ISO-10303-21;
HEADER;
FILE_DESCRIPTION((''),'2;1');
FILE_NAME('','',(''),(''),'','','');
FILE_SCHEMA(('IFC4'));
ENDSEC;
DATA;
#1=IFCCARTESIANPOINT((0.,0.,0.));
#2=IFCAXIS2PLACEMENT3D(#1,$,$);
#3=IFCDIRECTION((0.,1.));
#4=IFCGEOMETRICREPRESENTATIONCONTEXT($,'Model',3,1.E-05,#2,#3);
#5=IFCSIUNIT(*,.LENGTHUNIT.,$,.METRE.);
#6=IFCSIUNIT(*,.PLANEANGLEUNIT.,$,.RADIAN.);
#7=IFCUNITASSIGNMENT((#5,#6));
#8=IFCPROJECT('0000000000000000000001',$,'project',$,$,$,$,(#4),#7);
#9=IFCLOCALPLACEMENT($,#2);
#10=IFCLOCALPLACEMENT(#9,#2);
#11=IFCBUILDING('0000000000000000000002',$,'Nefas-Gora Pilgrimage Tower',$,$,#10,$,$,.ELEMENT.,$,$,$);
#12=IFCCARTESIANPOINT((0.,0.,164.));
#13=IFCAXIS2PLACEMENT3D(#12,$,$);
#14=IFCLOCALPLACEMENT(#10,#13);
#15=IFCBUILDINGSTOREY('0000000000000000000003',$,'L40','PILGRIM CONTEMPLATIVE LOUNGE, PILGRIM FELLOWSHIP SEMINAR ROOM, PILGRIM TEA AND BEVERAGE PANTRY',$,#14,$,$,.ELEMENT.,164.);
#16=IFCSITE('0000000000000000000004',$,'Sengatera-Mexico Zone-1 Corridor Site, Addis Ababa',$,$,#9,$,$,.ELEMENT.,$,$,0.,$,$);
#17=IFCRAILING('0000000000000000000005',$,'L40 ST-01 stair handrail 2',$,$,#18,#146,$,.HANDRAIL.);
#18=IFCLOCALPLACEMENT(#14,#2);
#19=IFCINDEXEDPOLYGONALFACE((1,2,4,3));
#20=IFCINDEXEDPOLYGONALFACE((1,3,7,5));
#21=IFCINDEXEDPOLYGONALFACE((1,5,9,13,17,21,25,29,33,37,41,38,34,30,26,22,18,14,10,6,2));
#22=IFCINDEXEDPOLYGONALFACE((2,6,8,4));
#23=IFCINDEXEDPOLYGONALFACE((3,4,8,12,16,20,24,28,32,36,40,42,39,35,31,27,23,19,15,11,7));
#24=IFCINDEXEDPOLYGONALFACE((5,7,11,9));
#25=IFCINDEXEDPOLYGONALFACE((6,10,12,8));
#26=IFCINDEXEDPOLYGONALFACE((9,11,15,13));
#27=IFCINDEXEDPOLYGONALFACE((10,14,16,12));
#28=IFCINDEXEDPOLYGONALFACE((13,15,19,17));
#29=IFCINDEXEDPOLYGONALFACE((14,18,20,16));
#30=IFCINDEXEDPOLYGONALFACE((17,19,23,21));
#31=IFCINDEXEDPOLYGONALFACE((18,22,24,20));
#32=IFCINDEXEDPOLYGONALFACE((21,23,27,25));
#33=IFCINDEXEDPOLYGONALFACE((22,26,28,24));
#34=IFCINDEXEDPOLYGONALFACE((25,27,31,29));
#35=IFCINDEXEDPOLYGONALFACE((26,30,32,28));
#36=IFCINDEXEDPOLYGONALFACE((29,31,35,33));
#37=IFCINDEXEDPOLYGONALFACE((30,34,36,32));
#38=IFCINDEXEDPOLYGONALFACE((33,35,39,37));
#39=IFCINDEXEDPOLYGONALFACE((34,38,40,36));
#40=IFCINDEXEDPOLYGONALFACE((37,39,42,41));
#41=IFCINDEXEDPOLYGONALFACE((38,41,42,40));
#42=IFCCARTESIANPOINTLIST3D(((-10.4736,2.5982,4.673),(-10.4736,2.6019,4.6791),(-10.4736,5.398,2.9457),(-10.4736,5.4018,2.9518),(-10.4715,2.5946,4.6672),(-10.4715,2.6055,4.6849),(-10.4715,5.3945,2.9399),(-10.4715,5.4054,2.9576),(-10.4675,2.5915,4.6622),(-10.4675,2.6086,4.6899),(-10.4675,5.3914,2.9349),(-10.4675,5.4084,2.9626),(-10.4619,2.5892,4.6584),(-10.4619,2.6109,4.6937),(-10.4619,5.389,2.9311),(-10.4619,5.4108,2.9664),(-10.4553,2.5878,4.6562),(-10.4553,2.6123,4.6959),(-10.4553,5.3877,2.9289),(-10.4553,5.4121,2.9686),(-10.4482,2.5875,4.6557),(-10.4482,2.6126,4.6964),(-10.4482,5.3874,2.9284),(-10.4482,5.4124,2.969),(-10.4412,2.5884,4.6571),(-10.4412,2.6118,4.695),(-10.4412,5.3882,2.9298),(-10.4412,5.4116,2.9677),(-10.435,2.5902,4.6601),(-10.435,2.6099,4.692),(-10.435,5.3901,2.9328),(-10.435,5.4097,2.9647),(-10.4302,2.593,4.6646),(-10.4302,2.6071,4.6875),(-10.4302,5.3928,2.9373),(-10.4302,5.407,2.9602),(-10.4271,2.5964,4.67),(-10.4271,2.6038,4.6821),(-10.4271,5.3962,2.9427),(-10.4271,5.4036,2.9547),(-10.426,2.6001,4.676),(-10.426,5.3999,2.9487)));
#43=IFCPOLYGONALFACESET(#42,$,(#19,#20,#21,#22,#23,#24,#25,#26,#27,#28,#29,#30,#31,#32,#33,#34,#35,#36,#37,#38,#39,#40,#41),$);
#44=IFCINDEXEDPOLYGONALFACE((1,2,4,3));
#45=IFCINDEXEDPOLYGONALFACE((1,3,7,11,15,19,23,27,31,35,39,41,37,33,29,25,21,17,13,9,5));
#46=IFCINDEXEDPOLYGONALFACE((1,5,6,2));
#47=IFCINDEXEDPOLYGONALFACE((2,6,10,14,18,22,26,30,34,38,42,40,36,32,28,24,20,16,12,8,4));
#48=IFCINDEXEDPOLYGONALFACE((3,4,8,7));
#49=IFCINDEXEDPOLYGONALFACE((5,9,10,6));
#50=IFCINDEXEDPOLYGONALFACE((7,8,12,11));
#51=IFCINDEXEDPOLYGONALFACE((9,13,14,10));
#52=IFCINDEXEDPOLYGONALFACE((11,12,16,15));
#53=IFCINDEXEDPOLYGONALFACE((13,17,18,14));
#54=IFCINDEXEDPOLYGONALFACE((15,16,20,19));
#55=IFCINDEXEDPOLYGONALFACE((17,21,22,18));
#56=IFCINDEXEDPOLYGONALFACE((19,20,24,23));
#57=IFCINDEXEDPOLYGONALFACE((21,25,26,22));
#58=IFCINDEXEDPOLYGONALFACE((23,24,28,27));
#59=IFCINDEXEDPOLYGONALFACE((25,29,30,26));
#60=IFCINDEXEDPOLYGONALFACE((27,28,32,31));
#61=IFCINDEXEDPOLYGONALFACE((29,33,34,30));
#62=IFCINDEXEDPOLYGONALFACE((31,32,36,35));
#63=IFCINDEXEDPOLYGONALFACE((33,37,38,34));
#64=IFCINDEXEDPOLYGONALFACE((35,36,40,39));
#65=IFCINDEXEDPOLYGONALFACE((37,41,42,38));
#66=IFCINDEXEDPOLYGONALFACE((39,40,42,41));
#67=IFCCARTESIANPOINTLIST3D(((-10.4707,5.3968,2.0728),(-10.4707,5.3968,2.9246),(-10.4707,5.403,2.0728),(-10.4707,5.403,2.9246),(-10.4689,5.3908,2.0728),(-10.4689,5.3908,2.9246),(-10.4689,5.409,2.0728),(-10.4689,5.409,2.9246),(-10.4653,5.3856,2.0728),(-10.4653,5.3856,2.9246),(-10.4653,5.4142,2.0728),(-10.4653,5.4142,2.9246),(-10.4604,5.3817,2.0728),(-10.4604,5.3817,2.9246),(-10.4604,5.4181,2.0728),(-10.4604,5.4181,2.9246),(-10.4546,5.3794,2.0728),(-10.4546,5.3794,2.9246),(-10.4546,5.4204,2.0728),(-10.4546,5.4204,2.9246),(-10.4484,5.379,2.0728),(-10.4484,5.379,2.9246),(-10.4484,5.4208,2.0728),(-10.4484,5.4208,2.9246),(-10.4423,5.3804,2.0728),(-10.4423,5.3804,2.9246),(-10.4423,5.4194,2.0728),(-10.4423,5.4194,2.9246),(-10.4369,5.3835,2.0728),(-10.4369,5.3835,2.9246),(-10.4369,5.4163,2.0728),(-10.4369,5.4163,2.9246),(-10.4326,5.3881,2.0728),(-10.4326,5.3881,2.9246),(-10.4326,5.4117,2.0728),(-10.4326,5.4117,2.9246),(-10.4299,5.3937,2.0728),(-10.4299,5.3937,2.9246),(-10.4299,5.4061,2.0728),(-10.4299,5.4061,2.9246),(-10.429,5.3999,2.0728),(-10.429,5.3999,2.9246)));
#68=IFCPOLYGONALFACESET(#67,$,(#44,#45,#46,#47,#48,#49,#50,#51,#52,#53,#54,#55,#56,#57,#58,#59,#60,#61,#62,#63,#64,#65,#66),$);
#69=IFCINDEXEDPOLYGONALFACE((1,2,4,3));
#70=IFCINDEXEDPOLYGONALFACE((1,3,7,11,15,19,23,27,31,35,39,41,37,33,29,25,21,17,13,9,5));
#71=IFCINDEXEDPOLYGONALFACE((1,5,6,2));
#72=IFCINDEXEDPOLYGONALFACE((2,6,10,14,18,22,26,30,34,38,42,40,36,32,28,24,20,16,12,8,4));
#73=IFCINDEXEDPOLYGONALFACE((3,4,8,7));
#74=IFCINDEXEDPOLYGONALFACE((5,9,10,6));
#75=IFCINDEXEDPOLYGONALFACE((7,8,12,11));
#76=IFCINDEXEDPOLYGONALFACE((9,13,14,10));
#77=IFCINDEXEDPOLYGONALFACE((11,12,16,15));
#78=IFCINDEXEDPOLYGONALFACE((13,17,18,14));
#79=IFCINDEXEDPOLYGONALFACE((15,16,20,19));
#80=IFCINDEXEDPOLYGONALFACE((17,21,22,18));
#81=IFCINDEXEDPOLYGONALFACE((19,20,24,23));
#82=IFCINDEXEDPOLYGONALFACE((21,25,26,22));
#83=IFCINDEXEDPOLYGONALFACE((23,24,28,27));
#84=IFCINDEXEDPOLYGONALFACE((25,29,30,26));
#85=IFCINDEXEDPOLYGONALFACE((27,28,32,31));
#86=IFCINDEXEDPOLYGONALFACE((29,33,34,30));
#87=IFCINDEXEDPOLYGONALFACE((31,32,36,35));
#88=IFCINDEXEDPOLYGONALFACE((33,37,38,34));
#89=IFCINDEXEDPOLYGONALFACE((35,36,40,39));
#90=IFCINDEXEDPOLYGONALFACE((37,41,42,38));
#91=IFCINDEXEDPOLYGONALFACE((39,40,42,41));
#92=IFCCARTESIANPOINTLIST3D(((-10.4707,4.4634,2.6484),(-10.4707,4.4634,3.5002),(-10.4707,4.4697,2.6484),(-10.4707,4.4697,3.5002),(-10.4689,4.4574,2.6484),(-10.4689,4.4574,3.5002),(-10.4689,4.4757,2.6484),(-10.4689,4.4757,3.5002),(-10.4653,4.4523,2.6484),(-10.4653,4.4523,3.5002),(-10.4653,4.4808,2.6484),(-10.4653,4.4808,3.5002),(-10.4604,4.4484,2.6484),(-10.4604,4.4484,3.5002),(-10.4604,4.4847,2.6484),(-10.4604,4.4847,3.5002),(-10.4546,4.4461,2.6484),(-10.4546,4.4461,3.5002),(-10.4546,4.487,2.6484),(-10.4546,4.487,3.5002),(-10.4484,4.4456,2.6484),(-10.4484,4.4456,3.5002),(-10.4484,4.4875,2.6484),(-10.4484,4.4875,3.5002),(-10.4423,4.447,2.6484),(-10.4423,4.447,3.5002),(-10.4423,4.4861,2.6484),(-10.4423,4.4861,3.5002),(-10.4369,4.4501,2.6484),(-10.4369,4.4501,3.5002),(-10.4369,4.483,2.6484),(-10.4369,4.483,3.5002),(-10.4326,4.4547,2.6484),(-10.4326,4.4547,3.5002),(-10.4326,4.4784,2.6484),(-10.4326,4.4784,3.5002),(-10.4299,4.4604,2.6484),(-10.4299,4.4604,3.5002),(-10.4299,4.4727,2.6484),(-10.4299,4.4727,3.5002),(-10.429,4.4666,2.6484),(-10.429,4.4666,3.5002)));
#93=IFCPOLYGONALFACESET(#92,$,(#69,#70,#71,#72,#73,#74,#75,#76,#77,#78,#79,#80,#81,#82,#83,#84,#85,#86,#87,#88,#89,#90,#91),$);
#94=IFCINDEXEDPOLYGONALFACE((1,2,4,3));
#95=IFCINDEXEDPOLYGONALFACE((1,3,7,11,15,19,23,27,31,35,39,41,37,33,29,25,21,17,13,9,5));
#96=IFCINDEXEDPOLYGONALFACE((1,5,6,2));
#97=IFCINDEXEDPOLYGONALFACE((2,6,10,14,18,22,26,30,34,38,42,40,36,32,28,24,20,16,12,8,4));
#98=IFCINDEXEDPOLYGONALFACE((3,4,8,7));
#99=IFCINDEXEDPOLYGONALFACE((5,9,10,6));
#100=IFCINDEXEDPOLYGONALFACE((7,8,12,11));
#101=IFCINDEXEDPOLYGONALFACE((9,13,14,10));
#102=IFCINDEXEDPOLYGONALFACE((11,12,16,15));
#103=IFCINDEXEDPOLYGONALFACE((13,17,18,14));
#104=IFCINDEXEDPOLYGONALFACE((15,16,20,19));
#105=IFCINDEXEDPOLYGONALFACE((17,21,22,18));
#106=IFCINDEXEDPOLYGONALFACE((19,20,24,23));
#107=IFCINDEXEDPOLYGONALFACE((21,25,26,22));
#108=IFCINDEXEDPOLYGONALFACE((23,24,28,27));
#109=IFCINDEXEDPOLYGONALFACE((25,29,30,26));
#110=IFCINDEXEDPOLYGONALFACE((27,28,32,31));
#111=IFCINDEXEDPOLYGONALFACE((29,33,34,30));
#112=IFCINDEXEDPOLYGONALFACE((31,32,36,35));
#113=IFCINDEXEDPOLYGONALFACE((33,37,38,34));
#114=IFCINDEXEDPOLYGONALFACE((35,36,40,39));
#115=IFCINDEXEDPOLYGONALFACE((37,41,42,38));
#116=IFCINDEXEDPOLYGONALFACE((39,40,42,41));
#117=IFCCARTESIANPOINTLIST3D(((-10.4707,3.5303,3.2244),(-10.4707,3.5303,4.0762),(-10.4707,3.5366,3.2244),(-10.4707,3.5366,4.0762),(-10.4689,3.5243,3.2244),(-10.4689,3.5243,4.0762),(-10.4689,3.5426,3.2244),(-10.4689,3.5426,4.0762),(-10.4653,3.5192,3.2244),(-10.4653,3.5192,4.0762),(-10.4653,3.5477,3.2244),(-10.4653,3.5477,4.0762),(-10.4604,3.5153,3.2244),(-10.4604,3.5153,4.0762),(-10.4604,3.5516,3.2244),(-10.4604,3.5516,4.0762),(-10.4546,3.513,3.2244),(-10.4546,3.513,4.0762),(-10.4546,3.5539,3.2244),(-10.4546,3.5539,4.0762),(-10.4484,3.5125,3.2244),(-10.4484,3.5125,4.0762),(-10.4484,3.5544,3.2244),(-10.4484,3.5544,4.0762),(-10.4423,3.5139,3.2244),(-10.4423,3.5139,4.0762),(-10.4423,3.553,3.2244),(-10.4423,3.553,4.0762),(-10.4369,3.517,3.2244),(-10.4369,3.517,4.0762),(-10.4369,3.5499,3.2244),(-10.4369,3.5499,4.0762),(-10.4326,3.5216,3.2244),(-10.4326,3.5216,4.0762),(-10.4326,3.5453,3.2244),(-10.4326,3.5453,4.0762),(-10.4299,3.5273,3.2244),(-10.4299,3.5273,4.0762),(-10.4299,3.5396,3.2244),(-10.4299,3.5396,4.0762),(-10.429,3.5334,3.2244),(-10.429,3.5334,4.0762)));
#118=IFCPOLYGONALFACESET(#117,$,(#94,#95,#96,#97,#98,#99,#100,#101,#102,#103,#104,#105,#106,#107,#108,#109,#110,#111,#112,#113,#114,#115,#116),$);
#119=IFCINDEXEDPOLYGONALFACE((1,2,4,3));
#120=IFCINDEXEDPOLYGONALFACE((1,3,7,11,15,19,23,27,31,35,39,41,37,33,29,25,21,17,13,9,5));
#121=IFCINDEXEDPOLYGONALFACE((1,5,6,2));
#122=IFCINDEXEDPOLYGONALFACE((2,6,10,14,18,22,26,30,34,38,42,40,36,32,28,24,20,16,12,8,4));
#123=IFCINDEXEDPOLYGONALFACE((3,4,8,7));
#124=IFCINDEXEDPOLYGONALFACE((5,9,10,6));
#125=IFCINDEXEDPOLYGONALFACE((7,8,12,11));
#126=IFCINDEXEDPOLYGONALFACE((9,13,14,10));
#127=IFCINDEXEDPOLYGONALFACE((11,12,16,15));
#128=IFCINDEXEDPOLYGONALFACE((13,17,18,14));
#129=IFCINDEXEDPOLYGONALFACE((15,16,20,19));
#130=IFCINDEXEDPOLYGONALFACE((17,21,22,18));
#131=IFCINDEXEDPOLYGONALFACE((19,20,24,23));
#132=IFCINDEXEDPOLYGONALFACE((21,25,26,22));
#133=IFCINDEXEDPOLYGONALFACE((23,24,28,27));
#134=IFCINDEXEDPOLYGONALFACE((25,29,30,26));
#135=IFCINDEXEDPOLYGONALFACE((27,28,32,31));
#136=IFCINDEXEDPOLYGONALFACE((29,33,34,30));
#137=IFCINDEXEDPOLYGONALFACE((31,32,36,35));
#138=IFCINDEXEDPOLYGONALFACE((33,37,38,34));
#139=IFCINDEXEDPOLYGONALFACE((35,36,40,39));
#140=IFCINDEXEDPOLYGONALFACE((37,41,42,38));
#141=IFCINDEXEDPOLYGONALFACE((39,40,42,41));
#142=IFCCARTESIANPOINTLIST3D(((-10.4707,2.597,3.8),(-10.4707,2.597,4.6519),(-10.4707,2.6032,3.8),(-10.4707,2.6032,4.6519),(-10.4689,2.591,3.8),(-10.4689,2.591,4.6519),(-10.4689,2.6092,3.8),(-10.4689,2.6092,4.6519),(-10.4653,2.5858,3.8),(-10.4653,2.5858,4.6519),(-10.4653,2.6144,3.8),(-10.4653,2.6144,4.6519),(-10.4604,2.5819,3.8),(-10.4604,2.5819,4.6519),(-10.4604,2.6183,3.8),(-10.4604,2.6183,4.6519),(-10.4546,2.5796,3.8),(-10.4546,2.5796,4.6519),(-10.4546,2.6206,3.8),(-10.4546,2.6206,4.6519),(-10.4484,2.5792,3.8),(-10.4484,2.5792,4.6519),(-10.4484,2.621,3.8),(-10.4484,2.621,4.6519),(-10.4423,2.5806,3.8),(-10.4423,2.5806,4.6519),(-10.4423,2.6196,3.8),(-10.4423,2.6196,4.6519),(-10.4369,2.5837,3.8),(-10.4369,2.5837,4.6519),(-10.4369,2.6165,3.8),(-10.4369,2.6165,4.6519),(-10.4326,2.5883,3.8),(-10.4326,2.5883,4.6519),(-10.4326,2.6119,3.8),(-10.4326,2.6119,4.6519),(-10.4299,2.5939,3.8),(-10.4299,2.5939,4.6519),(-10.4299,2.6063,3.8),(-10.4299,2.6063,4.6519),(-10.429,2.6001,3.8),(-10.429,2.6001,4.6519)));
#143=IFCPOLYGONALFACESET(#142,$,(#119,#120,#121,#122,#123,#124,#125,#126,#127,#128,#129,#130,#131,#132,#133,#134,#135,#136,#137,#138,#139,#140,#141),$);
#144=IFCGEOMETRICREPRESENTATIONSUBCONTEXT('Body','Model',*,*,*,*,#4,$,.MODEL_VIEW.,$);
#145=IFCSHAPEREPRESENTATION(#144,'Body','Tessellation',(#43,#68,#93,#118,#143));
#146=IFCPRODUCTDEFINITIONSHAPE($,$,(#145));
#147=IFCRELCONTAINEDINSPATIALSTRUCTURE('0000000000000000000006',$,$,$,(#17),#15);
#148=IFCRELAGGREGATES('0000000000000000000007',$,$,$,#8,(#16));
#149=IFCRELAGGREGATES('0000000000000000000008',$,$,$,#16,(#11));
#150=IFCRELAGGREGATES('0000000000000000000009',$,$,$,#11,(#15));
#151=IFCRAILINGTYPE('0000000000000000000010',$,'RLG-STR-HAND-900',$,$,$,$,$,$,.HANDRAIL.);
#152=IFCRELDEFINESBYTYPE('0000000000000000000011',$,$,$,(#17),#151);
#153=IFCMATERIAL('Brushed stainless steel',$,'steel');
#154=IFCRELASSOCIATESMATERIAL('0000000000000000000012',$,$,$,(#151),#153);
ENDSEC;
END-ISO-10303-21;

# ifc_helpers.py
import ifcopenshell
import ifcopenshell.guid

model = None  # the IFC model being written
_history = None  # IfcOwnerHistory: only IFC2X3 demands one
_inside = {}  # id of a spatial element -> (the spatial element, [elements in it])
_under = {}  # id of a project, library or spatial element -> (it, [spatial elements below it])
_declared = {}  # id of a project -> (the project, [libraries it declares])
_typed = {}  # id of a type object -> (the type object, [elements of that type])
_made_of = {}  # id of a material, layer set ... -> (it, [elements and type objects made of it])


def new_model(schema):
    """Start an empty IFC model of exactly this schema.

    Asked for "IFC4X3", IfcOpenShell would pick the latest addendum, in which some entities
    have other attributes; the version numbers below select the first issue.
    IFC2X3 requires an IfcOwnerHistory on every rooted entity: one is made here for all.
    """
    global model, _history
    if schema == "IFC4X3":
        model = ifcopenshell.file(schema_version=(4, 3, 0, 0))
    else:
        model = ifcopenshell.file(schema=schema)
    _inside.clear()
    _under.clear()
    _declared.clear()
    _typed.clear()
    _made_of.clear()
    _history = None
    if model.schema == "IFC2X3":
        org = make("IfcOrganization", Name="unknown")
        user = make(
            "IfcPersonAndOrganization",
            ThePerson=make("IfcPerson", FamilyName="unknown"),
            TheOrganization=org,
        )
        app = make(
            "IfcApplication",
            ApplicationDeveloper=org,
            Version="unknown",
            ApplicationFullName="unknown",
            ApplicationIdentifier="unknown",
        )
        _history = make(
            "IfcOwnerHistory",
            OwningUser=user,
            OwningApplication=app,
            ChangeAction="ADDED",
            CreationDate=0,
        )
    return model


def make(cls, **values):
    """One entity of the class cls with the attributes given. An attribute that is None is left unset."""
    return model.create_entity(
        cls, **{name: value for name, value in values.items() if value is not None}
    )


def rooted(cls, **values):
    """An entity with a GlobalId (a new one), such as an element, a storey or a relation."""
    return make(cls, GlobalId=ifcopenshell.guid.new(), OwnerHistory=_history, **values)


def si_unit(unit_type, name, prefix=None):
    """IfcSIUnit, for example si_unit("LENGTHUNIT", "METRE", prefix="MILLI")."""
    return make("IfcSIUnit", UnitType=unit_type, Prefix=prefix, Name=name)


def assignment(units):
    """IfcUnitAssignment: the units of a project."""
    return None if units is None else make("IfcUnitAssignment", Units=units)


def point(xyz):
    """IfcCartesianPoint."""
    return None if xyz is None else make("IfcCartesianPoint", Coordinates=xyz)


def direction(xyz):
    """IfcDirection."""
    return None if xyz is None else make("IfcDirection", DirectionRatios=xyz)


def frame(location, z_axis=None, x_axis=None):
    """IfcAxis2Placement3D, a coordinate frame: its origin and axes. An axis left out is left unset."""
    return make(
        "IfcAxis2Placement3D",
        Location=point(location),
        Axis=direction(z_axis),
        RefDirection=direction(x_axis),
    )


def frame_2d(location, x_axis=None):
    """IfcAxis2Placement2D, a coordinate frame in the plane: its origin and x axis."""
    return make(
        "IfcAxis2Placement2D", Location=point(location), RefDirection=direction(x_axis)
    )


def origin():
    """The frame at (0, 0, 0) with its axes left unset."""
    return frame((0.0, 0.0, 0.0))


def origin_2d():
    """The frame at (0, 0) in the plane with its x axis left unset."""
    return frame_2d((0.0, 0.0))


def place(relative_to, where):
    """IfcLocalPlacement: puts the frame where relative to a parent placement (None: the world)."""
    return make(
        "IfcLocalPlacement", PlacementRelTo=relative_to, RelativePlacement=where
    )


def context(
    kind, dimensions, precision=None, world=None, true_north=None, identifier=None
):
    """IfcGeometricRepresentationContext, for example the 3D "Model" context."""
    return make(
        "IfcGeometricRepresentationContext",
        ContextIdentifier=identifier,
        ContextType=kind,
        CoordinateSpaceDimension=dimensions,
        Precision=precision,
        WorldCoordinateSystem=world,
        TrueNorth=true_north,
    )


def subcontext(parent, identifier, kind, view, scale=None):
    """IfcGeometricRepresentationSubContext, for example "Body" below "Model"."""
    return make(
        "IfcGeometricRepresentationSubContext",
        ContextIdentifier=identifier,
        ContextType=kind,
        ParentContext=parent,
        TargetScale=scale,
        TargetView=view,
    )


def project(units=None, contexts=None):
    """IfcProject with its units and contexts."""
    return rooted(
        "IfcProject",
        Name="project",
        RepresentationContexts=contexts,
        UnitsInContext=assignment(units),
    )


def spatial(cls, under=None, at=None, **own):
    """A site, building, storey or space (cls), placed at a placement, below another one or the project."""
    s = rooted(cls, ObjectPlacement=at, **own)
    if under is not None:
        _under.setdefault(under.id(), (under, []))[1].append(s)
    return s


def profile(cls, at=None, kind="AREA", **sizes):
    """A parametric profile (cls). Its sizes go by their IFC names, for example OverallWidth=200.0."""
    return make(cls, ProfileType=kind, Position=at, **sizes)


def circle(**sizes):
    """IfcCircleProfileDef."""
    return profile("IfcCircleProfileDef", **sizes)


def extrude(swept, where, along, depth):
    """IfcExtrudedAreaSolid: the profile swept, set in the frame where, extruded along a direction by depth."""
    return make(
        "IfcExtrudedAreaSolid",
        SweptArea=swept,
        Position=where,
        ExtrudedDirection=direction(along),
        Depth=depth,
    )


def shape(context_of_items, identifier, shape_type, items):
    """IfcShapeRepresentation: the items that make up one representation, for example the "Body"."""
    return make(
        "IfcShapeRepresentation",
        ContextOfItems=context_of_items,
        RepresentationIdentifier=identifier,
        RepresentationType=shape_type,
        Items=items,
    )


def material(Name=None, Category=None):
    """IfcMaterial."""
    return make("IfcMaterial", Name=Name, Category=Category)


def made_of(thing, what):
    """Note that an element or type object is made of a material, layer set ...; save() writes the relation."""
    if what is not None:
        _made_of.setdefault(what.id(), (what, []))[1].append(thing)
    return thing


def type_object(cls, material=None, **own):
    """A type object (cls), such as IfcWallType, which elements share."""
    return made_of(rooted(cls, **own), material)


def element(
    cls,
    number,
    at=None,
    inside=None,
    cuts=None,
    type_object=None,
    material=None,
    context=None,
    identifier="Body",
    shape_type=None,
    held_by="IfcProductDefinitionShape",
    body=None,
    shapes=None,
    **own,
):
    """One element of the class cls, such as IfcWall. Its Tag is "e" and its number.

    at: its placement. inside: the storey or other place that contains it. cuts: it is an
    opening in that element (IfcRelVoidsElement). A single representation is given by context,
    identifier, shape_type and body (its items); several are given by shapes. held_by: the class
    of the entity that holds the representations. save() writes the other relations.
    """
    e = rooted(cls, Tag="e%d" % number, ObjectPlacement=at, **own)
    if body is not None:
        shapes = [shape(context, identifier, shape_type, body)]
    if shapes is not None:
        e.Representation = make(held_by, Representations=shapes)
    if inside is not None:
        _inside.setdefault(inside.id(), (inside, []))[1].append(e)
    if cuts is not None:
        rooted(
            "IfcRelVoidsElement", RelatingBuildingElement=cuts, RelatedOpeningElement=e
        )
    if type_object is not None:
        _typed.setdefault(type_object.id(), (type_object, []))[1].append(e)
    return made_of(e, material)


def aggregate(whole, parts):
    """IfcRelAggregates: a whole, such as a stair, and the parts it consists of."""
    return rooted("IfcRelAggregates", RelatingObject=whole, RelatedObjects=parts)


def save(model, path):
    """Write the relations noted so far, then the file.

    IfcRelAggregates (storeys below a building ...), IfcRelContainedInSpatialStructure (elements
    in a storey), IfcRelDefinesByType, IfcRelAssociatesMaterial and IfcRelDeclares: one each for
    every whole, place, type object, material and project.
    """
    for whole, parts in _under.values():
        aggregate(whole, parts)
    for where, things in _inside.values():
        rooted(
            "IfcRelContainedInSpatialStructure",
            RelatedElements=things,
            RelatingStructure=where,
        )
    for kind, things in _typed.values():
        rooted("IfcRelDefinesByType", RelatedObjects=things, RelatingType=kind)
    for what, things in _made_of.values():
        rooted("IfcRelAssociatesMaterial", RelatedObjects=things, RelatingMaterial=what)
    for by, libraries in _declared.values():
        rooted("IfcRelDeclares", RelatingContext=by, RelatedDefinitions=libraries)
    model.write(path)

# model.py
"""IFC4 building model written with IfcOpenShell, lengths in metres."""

from ifc_helpers import new_model, si_unit, direction, frame, origin, origin_2d, place, context, subcontext, project, spatial, circle, extrude, material, type_object, element, save


model = new_model("IFC4")

# Units and contexts
model_context = context("Model", 3, precision=1e-05, world=origin(), true_north=direction((0.0, 1.0)))
body_context = subcontext(model_context, "Body", "Model", "MODEL_VIEW")
ifc_project = project(units=[si_unit("LENGTHUNIT", "METRE"), si_unit("PLANEANGLEUNIT", "RADIAN")], contexts=[model_context])

# Site, building, storey
site_placement = place(None, origin())
site = spatial("IfcSite", under=ifc_project, at=site_placement, Name="Sengatera-Mexico Zone-1 Corridor Site, Addis Ababa", CompositionType="ELEMENT", RefElevation=0.0)
building_placement = place(site_placement, origin())
building = spatial("IfcBuilding", under=site, at=building_placement, Name="Nefas-Gora Pilgrimage Tower", CompositionType="ELEMENT")
storey_placement = place(building_placement, frame((0.0, 0.0, 164.0)))
storey = spatial("IfcBuildingStorey", under=building, at=storey_placement, Name="L40", Description="PILGRIM CONTEMPLATIVE LOUNGE, PILGRIM FELLOWSHIP SEMINAR ROOM, PILGRIM TEA AND BEVERAGE PANTRY", CompositionType="ELEMENT", Elevation=164.0)

# Railing
ifc_material_1 = material(Name="Brushed stainless steel", Category="steel")
railing_type_1 = type_object("IfcRailingType", Name="RLG-STR-HAND-900", PredefinedType="HANDRAIL", material=ifc_material_1)
railing_1_placement = place(storey_placement, frame((-10.45, 5.3999, 2.0728)))
element("IfcRailing", 1, at=railing_1_placement, inside=storey, type_object=railing_type_1, Name="L40 ST-01 stair handrail 2", PredefinedType="HANDRAIL", context=body_context, shape_type="SweptSolid", body=[
    extrude(circle(Radius=0.0239, at=origin_2d()), frame((0.0, 0.0, 0.876), z_axis=(0.0, -0.851069, 0.525054), x_axis=(1.0, 0.0, 0.0)), (0.0, 0.0, 1.0), 3.2898),
    extrude(circle(Radius=0.021, at=origin_2d()), origin(), (0.0, 0.0, 1.0), 0.8518),
    extrude(circle(Radius=0.021, at=origin_2d()), frame((0.0, -0.9333, 0.5757)), (0.0, 0.0, 1.0), 0.8518),
    extrude(circle(Radius=0.021, at=origin_2d()), frame((0.0, -1.8665, 1.1516)), (0.0, 0.0, 1.0), 0.8518),
    extrude(circle(Radius=0.021, at=origin_2d()), frame((0.0, -2.7998, 1.7273)), (0.0, 0.0, 1.0), 0.8518),
])

save(model, "model.ifc")
